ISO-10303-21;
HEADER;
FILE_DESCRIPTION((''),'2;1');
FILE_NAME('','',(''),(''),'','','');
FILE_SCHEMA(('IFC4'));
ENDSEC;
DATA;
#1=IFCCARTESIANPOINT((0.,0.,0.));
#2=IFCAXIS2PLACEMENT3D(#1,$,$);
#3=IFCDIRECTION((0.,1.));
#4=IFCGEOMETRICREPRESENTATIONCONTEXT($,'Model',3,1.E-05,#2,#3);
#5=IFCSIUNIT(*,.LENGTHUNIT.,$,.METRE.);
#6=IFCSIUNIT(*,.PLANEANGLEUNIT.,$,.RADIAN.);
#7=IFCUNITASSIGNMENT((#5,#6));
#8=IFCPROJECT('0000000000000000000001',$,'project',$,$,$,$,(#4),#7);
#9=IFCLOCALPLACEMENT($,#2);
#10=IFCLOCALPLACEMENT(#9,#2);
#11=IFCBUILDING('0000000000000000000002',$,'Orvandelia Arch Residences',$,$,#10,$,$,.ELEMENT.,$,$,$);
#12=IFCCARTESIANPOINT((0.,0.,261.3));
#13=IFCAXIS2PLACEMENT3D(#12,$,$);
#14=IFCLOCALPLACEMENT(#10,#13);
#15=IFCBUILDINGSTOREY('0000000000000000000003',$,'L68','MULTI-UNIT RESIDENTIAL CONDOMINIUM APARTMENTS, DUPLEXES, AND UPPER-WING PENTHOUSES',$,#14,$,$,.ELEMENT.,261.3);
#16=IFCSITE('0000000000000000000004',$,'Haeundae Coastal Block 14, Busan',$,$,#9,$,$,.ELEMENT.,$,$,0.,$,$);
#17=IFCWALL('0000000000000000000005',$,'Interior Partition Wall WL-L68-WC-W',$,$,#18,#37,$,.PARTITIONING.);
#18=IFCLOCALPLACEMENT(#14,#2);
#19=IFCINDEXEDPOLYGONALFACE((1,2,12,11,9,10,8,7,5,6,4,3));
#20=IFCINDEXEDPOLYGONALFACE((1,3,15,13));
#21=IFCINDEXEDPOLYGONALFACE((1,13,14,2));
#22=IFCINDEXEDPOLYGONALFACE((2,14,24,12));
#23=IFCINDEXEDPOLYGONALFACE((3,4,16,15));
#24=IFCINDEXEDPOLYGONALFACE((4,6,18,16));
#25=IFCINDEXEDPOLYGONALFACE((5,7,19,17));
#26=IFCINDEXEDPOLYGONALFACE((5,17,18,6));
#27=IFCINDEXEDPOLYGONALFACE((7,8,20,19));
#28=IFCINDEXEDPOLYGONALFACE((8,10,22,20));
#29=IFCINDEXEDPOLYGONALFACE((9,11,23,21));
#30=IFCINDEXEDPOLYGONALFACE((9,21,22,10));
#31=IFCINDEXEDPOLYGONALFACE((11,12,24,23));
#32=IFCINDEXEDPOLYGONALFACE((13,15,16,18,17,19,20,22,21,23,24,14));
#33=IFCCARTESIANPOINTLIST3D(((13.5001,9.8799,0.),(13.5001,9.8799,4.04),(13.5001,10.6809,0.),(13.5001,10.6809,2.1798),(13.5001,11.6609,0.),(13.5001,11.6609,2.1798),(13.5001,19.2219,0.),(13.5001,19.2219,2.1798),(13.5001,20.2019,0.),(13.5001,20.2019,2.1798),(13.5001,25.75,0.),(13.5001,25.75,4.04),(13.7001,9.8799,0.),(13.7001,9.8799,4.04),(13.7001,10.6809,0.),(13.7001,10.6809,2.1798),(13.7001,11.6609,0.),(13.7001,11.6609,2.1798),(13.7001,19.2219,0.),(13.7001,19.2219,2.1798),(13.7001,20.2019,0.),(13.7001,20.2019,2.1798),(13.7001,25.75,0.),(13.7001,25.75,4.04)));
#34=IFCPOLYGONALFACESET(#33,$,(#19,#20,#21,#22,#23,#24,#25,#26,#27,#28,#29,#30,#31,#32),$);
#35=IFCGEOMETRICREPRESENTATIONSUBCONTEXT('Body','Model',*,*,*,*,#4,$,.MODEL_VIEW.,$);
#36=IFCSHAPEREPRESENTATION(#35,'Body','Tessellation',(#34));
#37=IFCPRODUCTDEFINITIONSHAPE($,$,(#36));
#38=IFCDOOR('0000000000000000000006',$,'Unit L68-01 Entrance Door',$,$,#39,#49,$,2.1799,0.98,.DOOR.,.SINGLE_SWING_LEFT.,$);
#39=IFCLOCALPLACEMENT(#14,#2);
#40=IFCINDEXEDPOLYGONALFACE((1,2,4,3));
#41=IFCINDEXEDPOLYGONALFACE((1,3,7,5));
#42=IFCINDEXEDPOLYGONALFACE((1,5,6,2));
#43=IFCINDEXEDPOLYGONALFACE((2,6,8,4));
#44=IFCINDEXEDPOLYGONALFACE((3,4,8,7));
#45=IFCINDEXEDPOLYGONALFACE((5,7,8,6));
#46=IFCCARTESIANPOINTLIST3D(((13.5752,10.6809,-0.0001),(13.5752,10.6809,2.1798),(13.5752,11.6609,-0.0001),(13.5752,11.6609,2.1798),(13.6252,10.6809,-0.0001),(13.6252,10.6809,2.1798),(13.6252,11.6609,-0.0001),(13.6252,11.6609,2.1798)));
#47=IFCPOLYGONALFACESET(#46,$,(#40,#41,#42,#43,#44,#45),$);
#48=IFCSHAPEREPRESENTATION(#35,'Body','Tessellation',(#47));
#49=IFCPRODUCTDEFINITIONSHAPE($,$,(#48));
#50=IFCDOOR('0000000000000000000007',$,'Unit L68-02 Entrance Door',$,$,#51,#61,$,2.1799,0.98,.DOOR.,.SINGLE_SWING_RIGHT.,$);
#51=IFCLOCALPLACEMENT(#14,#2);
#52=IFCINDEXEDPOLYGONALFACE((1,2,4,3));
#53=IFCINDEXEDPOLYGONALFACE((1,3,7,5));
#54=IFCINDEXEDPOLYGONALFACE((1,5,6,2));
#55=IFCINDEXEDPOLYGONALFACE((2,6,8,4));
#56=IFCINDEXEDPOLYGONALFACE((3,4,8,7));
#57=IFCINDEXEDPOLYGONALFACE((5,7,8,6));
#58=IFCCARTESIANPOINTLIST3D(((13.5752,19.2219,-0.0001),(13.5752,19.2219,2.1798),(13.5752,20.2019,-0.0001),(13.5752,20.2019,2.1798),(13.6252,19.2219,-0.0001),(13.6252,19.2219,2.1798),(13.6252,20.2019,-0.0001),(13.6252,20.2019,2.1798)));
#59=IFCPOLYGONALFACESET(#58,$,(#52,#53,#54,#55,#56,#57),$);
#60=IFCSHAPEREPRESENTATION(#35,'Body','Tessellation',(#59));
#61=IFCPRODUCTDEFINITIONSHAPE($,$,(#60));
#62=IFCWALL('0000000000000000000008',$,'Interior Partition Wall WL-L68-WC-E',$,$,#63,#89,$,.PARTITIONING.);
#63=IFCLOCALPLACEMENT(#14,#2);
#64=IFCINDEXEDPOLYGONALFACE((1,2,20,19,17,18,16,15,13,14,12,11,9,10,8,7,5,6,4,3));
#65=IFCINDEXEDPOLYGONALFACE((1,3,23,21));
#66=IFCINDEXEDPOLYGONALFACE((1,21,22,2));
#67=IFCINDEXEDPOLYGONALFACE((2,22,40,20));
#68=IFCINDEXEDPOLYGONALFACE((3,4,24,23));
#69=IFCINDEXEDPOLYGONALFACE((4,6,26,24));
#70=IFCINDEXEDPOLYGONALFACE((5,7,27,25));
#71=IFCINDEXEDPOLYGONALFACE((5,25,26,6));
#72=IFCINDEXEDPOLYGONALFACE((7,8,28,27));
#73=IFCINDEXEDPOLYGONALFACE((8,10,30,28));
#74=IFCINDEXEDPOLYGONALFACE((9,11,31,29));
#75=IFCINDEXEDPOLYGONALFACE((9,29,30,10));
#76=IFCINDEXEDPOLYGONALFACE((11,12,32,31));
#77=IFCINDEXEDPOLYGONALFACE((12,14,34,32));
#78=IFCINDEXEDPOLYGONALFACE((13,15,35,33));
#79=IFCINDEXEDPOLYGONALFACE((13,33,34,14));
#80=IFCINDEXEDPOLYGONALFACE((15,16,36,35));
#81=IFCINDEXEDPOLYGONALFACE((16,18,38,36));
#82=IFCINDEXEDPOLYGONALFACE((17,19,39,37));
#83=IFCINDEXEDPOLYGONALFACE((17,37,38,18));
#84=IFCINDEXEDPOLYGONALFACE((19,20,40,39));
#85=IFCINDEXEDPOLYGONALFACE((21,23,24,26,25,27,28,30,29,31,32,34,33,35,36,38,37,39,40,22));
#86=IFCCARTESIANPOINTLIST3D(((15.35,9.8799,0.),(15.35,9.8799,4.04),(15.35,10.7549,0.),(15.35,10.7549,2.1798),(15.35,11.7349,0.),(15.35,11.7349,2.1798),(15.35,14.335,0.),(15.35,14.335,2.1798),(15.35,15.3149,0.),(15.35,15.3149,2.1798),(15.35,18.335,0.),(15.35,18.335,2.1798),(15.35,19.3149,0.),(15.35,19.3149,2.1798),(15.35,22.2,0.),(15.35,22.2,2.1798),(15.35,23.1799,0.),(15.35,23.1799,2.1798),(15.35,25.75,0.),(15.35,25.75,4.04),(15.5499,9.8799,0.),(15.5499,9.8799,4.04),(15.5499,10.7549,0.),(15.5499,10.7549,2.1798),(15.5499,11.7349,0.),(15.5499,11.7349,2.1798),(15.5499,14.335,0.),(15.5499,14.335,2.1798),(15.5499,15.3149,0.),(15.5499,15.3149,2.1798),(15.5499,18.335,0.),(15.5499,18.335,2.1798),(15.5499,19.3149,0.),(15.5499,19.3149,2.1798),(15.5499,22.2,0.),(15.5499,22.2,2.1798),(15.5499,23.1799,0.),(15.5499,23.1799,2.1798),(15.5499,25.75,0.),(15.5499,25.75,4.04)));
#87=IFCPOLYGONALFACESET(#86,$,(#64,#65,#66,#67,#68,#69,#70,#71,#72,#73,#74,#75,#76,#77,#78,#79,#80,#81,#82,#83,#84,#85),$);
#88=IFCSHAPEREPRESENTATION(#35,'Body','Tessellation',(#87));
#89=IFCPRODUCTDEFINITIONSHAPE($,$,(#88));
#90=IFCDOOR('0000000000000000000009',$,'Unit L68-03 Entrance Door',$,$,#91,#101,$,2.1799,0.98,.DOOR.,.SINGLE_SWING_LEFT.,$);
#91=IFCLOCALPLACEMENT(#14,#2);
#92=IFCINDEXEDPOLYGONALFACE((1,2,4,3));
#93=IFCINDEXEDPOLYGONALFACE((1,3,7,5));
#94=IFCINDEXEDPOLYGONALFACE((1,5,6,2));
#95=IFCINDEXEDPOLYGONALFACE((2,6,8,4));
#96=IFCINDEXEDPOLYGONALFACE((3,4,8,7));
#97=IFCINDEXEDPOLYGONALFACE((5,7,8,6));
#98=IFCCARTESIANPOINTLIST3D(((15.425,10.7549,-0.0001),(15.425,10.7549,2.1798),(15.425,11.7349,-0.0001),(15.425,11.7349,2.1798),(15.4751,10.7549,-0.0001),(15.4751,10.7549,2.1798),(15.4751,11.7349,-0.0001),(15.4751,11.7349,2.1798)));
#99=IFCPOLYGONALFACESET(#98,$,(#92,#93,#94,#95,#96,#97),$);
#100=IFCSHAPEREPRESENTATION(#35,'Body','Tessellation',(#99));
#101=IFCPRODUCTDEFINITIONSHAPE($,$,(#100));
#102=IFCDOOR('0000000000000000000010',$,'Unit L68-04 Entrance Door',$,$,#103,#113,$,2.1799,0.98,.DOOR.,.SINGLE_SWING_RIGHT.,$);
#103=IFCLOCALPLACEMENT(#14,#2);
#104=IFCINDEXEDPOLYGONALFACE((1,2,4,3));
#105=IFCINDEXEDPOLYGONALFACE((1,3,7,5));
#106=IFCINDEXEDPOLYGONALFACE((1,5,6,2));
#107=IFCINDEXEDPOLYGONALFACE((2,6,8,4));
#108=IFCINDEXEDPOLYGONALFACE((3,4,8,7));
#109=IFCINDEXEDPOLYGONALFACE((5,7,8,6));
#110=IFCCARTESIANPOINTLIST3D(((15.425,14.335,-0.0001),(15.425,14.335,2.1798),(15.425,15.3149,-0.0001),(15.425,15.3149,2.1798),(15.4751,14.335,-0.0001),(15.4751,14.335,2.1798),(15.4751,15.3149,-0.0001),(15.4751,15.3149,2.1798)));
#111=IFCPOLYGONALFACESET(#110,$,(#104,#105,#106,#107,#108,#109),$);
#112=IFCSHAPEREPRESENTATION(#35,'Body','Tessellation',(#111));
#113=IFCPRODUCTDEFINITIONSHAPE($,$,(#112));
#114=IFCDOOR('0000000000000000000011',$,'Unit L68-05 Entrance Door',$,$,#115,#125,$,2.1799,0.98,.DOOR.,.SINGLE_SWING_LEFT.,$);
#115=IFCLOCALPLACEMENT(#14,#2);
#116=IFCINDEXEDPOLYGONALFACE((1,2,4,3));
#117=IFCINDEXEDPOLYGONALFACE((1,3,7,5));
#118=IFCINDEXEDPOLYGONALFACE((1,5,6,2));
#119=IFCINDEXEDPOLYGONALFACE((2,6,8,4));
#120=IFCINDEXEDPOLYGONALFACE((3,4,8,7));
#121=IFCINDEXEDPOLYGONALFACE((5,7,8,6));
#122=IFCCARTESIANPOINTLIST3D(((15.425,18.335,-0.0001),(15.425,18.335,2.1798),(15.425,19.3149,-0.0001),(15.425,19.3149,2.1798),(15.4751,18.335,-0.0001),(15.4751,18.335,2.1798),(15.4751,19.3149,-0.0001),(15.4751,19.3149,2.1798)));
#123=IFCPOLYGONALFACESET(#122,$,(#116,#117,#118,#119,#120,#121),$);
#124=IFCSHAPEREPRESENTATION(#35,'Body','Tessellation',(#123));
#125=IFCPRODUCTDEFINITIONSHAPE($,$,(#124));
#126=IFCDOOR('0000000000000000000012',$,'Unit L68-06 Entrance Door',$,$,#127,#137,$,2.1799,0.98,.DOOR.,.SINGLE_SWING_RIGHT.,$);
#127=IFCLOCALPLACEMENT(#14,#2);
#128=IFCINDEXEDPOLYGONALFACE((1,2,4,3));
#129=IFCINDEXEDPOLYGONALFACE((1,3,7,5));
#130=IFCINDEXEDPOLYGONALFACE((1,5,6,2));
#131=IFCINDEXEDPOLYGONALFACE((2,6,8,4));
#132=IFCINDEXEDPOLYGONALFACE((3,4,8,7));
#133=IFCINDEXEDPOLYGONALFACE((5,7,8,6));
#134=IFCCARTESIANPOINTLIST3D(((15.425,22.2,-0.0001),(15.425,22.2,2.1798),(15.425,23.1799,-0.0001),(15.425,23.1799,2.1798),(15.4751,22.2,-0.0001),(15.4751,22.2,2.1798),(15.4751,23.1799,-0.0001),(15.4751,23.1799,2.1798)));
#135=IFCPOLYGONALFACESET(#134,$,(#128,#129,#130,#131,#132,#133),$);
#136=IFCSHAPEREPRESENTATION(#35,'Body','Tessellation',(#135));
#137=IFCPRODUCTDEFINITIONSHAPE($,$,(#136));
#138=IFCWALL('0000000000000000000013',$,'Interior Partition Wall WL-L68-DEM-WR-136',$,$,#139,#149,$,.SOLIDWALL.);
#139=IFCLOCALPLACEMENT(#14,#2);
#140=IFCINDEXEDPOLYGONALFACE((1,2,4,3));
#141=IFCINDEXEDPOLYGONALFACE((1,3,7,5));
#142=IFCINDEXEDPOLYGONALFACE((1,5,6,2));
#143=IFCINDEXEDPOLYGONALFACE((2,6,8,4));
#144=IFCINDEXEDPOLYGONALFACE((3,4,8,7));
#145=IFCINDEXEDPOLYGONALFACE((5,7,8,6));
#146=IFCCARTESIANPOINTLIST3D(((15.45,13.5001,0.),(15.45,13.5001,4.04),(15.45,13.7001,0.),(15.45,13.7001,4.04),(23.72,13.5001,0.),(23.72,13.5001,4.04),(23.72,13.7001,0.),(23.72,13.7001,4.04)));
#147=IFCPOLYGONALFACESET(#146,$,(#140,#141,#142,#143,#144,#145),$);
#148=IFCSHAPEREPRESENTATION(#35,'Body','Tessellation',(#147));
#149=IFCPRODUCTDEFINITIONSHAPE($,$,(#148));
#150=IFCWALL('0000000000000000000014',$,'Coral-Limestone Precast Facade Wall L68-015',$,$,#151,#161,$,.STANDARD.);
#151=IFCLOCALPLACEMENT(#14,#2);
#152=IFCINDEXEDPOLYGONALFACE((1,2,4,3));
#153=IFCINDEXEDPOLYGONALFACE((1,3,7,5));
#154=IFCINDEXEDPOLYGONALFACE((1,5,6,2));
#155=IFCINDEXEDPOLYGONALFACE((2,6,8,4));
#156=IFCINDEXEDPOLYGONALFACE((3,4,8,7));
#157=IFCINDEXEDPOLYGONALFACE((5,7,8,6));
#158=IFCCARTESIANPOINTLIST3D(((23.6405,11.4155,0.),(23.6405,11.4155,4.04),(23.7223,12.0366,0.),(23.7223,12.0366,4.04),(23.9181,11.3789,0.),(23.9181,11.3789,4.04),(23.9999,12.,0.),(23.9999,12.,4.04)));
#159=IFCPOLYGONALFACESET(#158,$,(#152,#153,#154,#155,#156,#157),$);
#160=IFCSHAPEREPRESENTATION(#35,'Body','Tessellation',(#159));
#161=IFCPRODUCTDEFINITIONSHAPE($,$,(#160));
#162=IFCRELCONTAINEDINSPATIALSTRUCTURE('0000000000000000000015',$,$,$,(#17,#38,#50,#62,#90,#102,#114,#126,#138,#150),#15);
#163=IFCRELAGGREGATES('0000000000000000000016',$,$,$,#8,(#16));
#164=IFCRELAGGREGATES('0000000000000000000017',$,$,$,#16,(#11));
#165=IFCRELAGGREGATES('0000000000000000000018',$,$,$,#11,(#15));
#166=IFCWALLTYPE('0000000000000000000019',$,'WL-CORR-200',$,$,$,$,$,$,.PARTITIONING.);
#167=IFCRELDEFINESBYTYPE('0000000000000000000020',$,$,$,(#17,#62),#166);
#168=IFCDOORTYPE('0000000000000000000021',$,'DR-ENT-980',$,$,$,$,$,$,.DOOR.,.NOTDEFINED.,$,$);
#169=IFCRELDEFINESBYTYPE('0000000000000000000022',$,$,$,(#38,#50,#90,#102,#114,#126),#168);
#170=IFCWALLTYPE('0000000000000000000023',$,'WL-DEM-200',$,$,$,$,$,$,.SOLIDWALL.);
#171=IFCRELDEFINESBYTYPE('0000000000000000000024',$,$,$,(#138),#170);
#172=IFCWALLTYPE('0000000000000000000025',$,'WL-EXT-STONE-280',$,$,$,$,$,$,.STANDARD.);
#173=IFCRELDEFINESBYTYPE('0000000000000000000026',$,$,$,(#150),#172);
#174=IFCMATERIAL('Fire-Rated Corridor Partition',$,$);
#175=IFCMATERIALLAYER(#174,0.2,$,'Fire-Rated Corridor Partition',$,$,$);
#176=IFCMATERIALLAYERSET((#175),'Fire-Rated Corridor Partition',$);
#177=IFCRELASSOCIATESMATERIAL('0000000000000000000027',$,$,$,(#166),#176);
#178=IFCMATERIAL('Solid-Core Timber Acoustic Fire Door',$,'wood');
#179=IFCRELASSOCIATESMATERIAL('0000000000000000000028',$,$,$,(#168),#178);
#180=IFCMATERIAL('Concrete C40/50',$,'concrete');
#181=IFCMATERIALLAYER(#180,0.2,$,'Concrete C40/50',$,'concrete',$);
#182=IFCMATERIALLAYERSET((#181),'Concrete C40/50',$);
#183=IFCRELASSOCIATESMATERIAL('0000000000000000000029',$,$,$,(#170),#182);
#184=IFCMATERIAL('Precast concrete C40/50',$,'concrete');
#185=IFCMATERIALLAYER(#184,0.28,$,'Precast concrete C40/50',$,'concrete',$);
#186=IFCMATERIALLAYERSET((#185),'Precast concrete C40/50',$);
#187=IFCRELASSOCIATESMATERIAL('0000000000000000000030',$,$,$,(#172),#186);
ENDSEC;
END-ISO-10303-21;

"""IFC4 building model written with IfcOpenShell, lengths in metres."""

from ifc_helpers import new_model, si_unit, direction, frame, frame_2d, origin, place, context, subcontext, project, spatial, rectangle, extrude, material, layer, layer_set, type_object, element, fill, save


model = new_model("IFC4")

# Units and contexts
model_context = context("Model", 3, precision=1e-05, world=origin(), true_north=direction((0.0, 1.0)))
body_context = subcontext(model_context, "Body", "Model", "MODEL_VIEW")
ifc_project = project(units=[si_unit("LENGTHUNIT", "METRE"), si_unit("PLANEANGLEUNIT", "RADIAN")], contexts=[model_context])

# Site, building, storey
site_placement = place(None, origin())
site = spatial("IfcSite", under=ifc_project, at=site_placement, Name="Haeundae Coastal Block 14, Busan", CompositionType="ELEMENT", RefElevation=0.0)
building_placement = place(site_placement, origin())
building = spatial("IfcBuilding", under=site, at=building_placement, Name="Orvandelia Arch Residences", CompositionType="ELEMENT")
storey_placement = place(building_placement, frame((0.0, 0.0, 261.3)))
storey = spatial("IfcBuildingStorey", under=building, at=storey_placement, Name="L68", Description="MULTI-UNIT RESIDENTIAL CONDOMINIUM APARTMENTS, DUPLEXES, AND UPPER-WING PENTHOUSES", CompositionType="ELEMENT", Elevation=261.3)

# Walls, openings, doors
ifc_material_1 = material(Name="Fire-Rated Corridor Partition")
ifc_layer_1 = layer(ifc_material_1, 0.2, Name="Fire-Rated Corridor Partition")
ifc_layer_set_1 = layer_set([ifc_layer_1], Name="Fire-Rated Corridor Partition")
wall_type_1 = type_object("IfcWallType", Name="WL-CORR-200", PredefinedType="PARTITIONING", material=ifc_layer_set_1)
wall_1_placement = place(storey_placement, frame((13.6001, 9.8799, 0.0), z_axis=(0.0, 0.0, 1.0), x_axis=(0.0, 1.0, 0.0)))
wall_1 = element("IfcWall", 1, at=wall_1_placement, inside=storey, type_object=wall_type_1, Name="Interior Partition Wall WL-L68-WC-W", PredefinedType="PARTITIONING", context=body_context, shape_type="SweptSolid", body=[
    extrude(rectangle(XDim=15.8701, YDim=0.2, at=frame_2d((7.9351, 0.0))), origin(), (0.0, 0.0, 1.0), 4.04),
])
opening_1_placement = place(wall_1_placement, frame((0.801, 0.0, 0.0)))
opening_1 = element("IfcOpeningElement", 2, at=opening_1_placement, cuts=wall_1, PredefinedType="OPENING", context=body_context, shape_type="SweptSolid", body=[
    extrude(rectangle(XDim=0.98, YDim=2.1799, at=frame_2d((0.49, 1.0898))), frame((0.0, 0.1099, 0.0), z_axis=(0.0, -1.0, 0.0), x_axis=(1.0, 0.0, 0.0)), (0.0, 0.0, 1.0), 0.22),
])
opening_2_placement = place(wall_1_placement, frame((9.342, 0.0, 0.0)))
opening_2 = element("IfcOpeningElement", 3, at=opening_2_placement, cuts=wall_1, PredefinedType="OPENING", context=body_context, shape_type="SweptSolid", body=[
    extrude(rectangle(XDim=0.98, YDim=2.1799, at=frame_2d((0.49, 1.0898))), frame((0.0, 0.1099, 0.0), z_axis=(0.0, -1.0, 0.0), x_axis=(1.0, 0.0, 0.0)), (0.0, 0.0, 1.0), 0.22),
])
ifc_material_2 = material(Name="Solid-Core Timber Acoustic Fire Door", Category="wood")
door_type_1 = type_object("IfcDoorType", Name="DR-ENT-980", OperationType="NOTDEFINED", PredefinedType="DOOR", material=ifc_material_2)
door_1_placement = place(opening_1_placement, origin())
door_1 = element("IfcDoor", 4, at=door_1_placement, inside=storey, type_object=door_type_1, Name="Unit L68-01 Entrance Door", OperationType="SINGLE_SWING_LEFT", OverallHeight=2.1799, OverallWidth=0.98, PredefinedType="DOOR", context=body_context, shape_type="SweptSolid", body=[
    extrude(rectangle(XDim=0.98, YDim=2.1799, at=frame_2d((0.49, 1.0898))), frame((0.0, 0.0249, 0.0), z_axis=(0.0, -1.0, 0.0), x_axis=(1.0, 0.0, 0.0)), (0.0, 0.0, 1.0), 0.05),
])
fill(opening_1, door_1)
door_2_placement = place(opening_2_placement, origin())
door_2 = element("IfcDoor", 5, at=door_2_placement, inside=storey, type_object=door_type_1, Name="Unit L68-02 Entrance Door", OperationType="SINGLE_SWING_RIGHT", OverallHeight=2.1799, OverallWidth=0.98, PredefinedType="DOOR", context=body_context, shape_type="SweptSolid", body=[
    extrude(rectangle(XDim=0.98, YDim=2.1799, at=frame_2d((0.49, 1.0898))), frame((0.0, 0.0249, 0.0), z_axis=(0.0, -1.0, 0.0), x_axis=(1.0, 0.0, 0.0)), (0.0, 0.0, 1.0), 0.05),
])
fill(opening_2, door_2)
wall_2_placement = place(storey_placement, frame((15.45, 9.8799, 0.0), z_axis=(0.0, 0.0, 1.0), x_axis=(0.0, 1.0, 0.0)))
wall_2 = element("IfcWall", 6, at=wall_2_placement, inside=storey, type_object=wall_type_1, Name="Interior Partition Wall WL-L68-WC-E", PredefinedType="PARTITIONING", context=body_context, shape_type="SweptSolid", body=[
    extrude(rectangle(XDim=15.8701, YDim=0.2, at=frame_2d((7.9351, 0.0))), origin(), (0.0, 0.0, 1.0), 4.04),
])
opening_3_placement = place(wall_2_placement, frame((0.875, 0.0, 0.0)))
opening_3 = element("IfcOpeningElement", 7, at=opening_3_placement, cuts=wall_2, PredefinedType="OPENING", context=body_context, shape_type="SweptSolid", body=[
    extrude(rectangle(XDim=0.98, YDim=2.1799, at=frame_2d((0.49, 1.0898))), frame((0.0, 0.1099, 0.0), z_axis=(0.0, -1.0, 0.0), x_axis=(1.0, 0.0, 0.0)), (0.0, 0.0, 1.0), 0.22),
])
opening_4_placement = place(wall_2_placement, frame((4.4551, 0.0, 0.0)))
opening_4 = element("IfcOpeningElement", 8, at=opening_4_placement, cuts=wall_2, PredefinedType="OPENING", context=body_context, shape_type="SweptSolid", body=[
    extrude(rectangle(XDim=0.98, YDim=2.1799, at=frame_2d((0.49, 1.0898))), frame((0.0, 0.1099, 0.0), z_axis=(0.0, -1.0, 0.0), x_axis=(1.0, 0.0, 0.0)), (0.0, 0.0, 1.0), 0.22),
])
opening_5_placement = place(wall_2_placement, frame((8.4551, 0.0, 0.0)))
opening_5 = element("IfcOpeningElement", 9, at=opening_5_placement, cuts=wall_2, PredefinedType="OPENING", context=body_context, shape_type="SweptSolid", body=[
    extrude(rectangle(XDim=0.98, YDim=2.1799, at=frame_2d((0.49, 1.0898))), frame((0.0, 0.1099, 0.0), z_axis=(0.0, -1.0, 0.0), x_axis=(1.0, 0.0, 0.0)), (0.0, 0.0, 1.0), 0.22),
])
opening_6_placement = place(wall_2_placement, frame((12.3201, 0.0, 0.0)))
opening_6 = element("IfcOpeningElement", 10, at=opening_6_placement, cuts=wall_2, PredefinedType="OPENING", context=body_context, shape_type="SweptSolid", body=[
    extrude(rectangle(XDim=0.98, YDim=2.1799, at=frame_2d((0.49, 1.0898))), frame((0.0, 0.1099, 0.0), z_axis=(0.0, -1.0, 0.0), x_axis=(1.0, 0.0, 0.0)), (0.0, 0.0, 1.0), 0.22),
])
door_3_placement = place(opening_3_placement, origin())
door_3 = element("IfcDoor", 11, at=door_3_placement, inside=storey, type_object=door_type_1, Name="Unit L68-03 Entrance Door", OperationType="SINGLE_SWING_LEFT", OverallHeight=2.1799, OverallWidth=0.98, PredefinedType="DOOR", context=body_context, shape_type="SweptSolid", body=[
    extrude(rectangle(XDim=0.98, YDim=2.1799, at=frame_2d((0.49, 1.0898))), frame((0.0, 0.0249, 0.0), z_axis=(0.0, -1.0, 0.0), x_axis=(1.0, 0.0, 0.0)), (0.0, 0.0, 1.0), 0.05),
])
fill(opening_3, door_3)
door_4_placement = place(opening_4_placement, origin())
door_4 = element("IfcDoor", 12, at=door_4_placement, inside=storey, type_object=door_type_1, Name="Unit L68-04 Entrance Door", OperationType="SINGLE_SWING_RIGHT", OverallHeight=2.1799, OverallWidth=0.98, PredefinedType="DOOR", context=body_context, shape_type="SweptSolid", body=[
    extrude(rectangle(XDim=0.98, YDim=2.1799, at=frame_2d((0.49, 1.0898))), frame((0.0, 0.0249, 0.0), z_axis=(0.0, -1.0, 0.0), x_axis=(1.0, 0.0, 0.0)), (0.0, 0.0, 1.0), 0.05),
])
fill(opening_4, door_4)
door_5_placement = place(opening_5_placement, origin())
door_5 = element("IfcDoor", 13, at=door_5_placement, inside=storey, type_object=door_type_1, Name="Unit L68-05 Entrance Door", OperationType="SINGLE_SWING_LEFT", OverallHeight=2.1799, OverallWidth=0.98, PredefinedType="DOOR", context=body_context, shape_type="SweptSolid", body=[
    extrude(rectangle(XDim=0.98, YDim=2.1799, at=frame_2d((0.49, 1.0898))), frame((0.0, 0.0249, 0.0), z_axis=(0.0, -1.0, 0.0), x_axis=(1.0, 0.0, 0.0)), (0.0, 0.0, 1.0), 0.05),
])
fill(opening_5, door_5)
door_6_placement = place(opening_6_placement, origin())
door_6 = element("IfcDoor", 14, at=door_6_placement, inside=storey, type_object=door_type_1, Name="Unit L68-06 Entrance Door", OperationType="SINGLE_SWING_RIGHT", OverallHeight=2.1799, OverallWidth=0.98, PredefinedType="DOOR", context=body_context, shape_type="SweptSolid", body=[
    extrude(rectangle(XDim=0.98, YDim=2.1799, at=frame_2d((0.49, 1.0898))), frame((0.0, 0.0249, 0.0), z_axis=(0.0, -1.0, 0.0), x_axis=(1.0, 0.0, 0.0)), (0.0, 0.0, 1.0), 0.05),
])
fill(opening_6, door_6)

# Walls
ifc_material_3 = material(Name="Concrete C40/50", Category="concrete")
ifc_layer_2 = layer(ifc_material_3, 0.2, Name="Concrete C40/50", Category="concrete")
ifc_layer_set_2 = layer_set([ifc_layer_2], Name="Concrete C40/50")
wall_type_2 = type_object("IfcWallType", Name="WL-DEM-200", PredefinedType="SOLIDWALL", material=ifc_layer_set_2)
wall_3_placement = place(storey_placement, frame((15.45, 13.6001, 0.0), z_axis=(0.0, 0.0, 1.0), x_axis=(1.0, 0.0, 0.0)))
element("IfcWall", 15, at=wall_3_placement, inside=storey, type_object=wall_type_2, Name="Interior Partition Wall WL-L68-DEM-WR-136", PredefinedType="SOLIDWALL", context=body_context, shape_type="SweptSolid", body=[
    extrude(rectangle(XDim=8.27, YDim=0.2, at=frame_2d((4.135, 0.0))), origin(), (0.0, 0.0, 1.0), 4.04),
])
ifc_material_4 = material(Name="Precast concrete C40/50", Category="concrete")
ifc_layer_3 = layer(ifc_material_4, 0.28, Name="Precast concrete C40/50", Category="concrete")
ifc_layer_set_3 = layer_set([ifc_layer_3], Name="Precast concrete C40/50")
wall_type_3 = type_object("IfcWallType", Name="WL-EXT-STONE-280", PredefinedType="STANDARD", material=ifc_layer_set_3)
for number, where, z_axis, x_axis, name in (
    (16, (23.8611, 12.0183, 0.0), (0.0, 0.0, 1.0), (-0.130555, -0.991441, 0.0), "Coral-Limestone Precast Facade Wall L68-015"),
):
    element("IfcWall", number, at=place(storey_placement, frame(where, z_axis=z_axis, x_axis=x_axis)), inside=storey, type_object=wall_type_3, Name=name, PredefinedType="STANDARD", context=body_context, shape_type="SweptSolid", body=[
        extrude(rectangle(XDim=0.6265, YDim=0.28, at=frame_2d((0.3132, 0.0))), origin(), (0.0, 0.0, 1.0), 4.04),
    ])

save(model, "model.ifc")
